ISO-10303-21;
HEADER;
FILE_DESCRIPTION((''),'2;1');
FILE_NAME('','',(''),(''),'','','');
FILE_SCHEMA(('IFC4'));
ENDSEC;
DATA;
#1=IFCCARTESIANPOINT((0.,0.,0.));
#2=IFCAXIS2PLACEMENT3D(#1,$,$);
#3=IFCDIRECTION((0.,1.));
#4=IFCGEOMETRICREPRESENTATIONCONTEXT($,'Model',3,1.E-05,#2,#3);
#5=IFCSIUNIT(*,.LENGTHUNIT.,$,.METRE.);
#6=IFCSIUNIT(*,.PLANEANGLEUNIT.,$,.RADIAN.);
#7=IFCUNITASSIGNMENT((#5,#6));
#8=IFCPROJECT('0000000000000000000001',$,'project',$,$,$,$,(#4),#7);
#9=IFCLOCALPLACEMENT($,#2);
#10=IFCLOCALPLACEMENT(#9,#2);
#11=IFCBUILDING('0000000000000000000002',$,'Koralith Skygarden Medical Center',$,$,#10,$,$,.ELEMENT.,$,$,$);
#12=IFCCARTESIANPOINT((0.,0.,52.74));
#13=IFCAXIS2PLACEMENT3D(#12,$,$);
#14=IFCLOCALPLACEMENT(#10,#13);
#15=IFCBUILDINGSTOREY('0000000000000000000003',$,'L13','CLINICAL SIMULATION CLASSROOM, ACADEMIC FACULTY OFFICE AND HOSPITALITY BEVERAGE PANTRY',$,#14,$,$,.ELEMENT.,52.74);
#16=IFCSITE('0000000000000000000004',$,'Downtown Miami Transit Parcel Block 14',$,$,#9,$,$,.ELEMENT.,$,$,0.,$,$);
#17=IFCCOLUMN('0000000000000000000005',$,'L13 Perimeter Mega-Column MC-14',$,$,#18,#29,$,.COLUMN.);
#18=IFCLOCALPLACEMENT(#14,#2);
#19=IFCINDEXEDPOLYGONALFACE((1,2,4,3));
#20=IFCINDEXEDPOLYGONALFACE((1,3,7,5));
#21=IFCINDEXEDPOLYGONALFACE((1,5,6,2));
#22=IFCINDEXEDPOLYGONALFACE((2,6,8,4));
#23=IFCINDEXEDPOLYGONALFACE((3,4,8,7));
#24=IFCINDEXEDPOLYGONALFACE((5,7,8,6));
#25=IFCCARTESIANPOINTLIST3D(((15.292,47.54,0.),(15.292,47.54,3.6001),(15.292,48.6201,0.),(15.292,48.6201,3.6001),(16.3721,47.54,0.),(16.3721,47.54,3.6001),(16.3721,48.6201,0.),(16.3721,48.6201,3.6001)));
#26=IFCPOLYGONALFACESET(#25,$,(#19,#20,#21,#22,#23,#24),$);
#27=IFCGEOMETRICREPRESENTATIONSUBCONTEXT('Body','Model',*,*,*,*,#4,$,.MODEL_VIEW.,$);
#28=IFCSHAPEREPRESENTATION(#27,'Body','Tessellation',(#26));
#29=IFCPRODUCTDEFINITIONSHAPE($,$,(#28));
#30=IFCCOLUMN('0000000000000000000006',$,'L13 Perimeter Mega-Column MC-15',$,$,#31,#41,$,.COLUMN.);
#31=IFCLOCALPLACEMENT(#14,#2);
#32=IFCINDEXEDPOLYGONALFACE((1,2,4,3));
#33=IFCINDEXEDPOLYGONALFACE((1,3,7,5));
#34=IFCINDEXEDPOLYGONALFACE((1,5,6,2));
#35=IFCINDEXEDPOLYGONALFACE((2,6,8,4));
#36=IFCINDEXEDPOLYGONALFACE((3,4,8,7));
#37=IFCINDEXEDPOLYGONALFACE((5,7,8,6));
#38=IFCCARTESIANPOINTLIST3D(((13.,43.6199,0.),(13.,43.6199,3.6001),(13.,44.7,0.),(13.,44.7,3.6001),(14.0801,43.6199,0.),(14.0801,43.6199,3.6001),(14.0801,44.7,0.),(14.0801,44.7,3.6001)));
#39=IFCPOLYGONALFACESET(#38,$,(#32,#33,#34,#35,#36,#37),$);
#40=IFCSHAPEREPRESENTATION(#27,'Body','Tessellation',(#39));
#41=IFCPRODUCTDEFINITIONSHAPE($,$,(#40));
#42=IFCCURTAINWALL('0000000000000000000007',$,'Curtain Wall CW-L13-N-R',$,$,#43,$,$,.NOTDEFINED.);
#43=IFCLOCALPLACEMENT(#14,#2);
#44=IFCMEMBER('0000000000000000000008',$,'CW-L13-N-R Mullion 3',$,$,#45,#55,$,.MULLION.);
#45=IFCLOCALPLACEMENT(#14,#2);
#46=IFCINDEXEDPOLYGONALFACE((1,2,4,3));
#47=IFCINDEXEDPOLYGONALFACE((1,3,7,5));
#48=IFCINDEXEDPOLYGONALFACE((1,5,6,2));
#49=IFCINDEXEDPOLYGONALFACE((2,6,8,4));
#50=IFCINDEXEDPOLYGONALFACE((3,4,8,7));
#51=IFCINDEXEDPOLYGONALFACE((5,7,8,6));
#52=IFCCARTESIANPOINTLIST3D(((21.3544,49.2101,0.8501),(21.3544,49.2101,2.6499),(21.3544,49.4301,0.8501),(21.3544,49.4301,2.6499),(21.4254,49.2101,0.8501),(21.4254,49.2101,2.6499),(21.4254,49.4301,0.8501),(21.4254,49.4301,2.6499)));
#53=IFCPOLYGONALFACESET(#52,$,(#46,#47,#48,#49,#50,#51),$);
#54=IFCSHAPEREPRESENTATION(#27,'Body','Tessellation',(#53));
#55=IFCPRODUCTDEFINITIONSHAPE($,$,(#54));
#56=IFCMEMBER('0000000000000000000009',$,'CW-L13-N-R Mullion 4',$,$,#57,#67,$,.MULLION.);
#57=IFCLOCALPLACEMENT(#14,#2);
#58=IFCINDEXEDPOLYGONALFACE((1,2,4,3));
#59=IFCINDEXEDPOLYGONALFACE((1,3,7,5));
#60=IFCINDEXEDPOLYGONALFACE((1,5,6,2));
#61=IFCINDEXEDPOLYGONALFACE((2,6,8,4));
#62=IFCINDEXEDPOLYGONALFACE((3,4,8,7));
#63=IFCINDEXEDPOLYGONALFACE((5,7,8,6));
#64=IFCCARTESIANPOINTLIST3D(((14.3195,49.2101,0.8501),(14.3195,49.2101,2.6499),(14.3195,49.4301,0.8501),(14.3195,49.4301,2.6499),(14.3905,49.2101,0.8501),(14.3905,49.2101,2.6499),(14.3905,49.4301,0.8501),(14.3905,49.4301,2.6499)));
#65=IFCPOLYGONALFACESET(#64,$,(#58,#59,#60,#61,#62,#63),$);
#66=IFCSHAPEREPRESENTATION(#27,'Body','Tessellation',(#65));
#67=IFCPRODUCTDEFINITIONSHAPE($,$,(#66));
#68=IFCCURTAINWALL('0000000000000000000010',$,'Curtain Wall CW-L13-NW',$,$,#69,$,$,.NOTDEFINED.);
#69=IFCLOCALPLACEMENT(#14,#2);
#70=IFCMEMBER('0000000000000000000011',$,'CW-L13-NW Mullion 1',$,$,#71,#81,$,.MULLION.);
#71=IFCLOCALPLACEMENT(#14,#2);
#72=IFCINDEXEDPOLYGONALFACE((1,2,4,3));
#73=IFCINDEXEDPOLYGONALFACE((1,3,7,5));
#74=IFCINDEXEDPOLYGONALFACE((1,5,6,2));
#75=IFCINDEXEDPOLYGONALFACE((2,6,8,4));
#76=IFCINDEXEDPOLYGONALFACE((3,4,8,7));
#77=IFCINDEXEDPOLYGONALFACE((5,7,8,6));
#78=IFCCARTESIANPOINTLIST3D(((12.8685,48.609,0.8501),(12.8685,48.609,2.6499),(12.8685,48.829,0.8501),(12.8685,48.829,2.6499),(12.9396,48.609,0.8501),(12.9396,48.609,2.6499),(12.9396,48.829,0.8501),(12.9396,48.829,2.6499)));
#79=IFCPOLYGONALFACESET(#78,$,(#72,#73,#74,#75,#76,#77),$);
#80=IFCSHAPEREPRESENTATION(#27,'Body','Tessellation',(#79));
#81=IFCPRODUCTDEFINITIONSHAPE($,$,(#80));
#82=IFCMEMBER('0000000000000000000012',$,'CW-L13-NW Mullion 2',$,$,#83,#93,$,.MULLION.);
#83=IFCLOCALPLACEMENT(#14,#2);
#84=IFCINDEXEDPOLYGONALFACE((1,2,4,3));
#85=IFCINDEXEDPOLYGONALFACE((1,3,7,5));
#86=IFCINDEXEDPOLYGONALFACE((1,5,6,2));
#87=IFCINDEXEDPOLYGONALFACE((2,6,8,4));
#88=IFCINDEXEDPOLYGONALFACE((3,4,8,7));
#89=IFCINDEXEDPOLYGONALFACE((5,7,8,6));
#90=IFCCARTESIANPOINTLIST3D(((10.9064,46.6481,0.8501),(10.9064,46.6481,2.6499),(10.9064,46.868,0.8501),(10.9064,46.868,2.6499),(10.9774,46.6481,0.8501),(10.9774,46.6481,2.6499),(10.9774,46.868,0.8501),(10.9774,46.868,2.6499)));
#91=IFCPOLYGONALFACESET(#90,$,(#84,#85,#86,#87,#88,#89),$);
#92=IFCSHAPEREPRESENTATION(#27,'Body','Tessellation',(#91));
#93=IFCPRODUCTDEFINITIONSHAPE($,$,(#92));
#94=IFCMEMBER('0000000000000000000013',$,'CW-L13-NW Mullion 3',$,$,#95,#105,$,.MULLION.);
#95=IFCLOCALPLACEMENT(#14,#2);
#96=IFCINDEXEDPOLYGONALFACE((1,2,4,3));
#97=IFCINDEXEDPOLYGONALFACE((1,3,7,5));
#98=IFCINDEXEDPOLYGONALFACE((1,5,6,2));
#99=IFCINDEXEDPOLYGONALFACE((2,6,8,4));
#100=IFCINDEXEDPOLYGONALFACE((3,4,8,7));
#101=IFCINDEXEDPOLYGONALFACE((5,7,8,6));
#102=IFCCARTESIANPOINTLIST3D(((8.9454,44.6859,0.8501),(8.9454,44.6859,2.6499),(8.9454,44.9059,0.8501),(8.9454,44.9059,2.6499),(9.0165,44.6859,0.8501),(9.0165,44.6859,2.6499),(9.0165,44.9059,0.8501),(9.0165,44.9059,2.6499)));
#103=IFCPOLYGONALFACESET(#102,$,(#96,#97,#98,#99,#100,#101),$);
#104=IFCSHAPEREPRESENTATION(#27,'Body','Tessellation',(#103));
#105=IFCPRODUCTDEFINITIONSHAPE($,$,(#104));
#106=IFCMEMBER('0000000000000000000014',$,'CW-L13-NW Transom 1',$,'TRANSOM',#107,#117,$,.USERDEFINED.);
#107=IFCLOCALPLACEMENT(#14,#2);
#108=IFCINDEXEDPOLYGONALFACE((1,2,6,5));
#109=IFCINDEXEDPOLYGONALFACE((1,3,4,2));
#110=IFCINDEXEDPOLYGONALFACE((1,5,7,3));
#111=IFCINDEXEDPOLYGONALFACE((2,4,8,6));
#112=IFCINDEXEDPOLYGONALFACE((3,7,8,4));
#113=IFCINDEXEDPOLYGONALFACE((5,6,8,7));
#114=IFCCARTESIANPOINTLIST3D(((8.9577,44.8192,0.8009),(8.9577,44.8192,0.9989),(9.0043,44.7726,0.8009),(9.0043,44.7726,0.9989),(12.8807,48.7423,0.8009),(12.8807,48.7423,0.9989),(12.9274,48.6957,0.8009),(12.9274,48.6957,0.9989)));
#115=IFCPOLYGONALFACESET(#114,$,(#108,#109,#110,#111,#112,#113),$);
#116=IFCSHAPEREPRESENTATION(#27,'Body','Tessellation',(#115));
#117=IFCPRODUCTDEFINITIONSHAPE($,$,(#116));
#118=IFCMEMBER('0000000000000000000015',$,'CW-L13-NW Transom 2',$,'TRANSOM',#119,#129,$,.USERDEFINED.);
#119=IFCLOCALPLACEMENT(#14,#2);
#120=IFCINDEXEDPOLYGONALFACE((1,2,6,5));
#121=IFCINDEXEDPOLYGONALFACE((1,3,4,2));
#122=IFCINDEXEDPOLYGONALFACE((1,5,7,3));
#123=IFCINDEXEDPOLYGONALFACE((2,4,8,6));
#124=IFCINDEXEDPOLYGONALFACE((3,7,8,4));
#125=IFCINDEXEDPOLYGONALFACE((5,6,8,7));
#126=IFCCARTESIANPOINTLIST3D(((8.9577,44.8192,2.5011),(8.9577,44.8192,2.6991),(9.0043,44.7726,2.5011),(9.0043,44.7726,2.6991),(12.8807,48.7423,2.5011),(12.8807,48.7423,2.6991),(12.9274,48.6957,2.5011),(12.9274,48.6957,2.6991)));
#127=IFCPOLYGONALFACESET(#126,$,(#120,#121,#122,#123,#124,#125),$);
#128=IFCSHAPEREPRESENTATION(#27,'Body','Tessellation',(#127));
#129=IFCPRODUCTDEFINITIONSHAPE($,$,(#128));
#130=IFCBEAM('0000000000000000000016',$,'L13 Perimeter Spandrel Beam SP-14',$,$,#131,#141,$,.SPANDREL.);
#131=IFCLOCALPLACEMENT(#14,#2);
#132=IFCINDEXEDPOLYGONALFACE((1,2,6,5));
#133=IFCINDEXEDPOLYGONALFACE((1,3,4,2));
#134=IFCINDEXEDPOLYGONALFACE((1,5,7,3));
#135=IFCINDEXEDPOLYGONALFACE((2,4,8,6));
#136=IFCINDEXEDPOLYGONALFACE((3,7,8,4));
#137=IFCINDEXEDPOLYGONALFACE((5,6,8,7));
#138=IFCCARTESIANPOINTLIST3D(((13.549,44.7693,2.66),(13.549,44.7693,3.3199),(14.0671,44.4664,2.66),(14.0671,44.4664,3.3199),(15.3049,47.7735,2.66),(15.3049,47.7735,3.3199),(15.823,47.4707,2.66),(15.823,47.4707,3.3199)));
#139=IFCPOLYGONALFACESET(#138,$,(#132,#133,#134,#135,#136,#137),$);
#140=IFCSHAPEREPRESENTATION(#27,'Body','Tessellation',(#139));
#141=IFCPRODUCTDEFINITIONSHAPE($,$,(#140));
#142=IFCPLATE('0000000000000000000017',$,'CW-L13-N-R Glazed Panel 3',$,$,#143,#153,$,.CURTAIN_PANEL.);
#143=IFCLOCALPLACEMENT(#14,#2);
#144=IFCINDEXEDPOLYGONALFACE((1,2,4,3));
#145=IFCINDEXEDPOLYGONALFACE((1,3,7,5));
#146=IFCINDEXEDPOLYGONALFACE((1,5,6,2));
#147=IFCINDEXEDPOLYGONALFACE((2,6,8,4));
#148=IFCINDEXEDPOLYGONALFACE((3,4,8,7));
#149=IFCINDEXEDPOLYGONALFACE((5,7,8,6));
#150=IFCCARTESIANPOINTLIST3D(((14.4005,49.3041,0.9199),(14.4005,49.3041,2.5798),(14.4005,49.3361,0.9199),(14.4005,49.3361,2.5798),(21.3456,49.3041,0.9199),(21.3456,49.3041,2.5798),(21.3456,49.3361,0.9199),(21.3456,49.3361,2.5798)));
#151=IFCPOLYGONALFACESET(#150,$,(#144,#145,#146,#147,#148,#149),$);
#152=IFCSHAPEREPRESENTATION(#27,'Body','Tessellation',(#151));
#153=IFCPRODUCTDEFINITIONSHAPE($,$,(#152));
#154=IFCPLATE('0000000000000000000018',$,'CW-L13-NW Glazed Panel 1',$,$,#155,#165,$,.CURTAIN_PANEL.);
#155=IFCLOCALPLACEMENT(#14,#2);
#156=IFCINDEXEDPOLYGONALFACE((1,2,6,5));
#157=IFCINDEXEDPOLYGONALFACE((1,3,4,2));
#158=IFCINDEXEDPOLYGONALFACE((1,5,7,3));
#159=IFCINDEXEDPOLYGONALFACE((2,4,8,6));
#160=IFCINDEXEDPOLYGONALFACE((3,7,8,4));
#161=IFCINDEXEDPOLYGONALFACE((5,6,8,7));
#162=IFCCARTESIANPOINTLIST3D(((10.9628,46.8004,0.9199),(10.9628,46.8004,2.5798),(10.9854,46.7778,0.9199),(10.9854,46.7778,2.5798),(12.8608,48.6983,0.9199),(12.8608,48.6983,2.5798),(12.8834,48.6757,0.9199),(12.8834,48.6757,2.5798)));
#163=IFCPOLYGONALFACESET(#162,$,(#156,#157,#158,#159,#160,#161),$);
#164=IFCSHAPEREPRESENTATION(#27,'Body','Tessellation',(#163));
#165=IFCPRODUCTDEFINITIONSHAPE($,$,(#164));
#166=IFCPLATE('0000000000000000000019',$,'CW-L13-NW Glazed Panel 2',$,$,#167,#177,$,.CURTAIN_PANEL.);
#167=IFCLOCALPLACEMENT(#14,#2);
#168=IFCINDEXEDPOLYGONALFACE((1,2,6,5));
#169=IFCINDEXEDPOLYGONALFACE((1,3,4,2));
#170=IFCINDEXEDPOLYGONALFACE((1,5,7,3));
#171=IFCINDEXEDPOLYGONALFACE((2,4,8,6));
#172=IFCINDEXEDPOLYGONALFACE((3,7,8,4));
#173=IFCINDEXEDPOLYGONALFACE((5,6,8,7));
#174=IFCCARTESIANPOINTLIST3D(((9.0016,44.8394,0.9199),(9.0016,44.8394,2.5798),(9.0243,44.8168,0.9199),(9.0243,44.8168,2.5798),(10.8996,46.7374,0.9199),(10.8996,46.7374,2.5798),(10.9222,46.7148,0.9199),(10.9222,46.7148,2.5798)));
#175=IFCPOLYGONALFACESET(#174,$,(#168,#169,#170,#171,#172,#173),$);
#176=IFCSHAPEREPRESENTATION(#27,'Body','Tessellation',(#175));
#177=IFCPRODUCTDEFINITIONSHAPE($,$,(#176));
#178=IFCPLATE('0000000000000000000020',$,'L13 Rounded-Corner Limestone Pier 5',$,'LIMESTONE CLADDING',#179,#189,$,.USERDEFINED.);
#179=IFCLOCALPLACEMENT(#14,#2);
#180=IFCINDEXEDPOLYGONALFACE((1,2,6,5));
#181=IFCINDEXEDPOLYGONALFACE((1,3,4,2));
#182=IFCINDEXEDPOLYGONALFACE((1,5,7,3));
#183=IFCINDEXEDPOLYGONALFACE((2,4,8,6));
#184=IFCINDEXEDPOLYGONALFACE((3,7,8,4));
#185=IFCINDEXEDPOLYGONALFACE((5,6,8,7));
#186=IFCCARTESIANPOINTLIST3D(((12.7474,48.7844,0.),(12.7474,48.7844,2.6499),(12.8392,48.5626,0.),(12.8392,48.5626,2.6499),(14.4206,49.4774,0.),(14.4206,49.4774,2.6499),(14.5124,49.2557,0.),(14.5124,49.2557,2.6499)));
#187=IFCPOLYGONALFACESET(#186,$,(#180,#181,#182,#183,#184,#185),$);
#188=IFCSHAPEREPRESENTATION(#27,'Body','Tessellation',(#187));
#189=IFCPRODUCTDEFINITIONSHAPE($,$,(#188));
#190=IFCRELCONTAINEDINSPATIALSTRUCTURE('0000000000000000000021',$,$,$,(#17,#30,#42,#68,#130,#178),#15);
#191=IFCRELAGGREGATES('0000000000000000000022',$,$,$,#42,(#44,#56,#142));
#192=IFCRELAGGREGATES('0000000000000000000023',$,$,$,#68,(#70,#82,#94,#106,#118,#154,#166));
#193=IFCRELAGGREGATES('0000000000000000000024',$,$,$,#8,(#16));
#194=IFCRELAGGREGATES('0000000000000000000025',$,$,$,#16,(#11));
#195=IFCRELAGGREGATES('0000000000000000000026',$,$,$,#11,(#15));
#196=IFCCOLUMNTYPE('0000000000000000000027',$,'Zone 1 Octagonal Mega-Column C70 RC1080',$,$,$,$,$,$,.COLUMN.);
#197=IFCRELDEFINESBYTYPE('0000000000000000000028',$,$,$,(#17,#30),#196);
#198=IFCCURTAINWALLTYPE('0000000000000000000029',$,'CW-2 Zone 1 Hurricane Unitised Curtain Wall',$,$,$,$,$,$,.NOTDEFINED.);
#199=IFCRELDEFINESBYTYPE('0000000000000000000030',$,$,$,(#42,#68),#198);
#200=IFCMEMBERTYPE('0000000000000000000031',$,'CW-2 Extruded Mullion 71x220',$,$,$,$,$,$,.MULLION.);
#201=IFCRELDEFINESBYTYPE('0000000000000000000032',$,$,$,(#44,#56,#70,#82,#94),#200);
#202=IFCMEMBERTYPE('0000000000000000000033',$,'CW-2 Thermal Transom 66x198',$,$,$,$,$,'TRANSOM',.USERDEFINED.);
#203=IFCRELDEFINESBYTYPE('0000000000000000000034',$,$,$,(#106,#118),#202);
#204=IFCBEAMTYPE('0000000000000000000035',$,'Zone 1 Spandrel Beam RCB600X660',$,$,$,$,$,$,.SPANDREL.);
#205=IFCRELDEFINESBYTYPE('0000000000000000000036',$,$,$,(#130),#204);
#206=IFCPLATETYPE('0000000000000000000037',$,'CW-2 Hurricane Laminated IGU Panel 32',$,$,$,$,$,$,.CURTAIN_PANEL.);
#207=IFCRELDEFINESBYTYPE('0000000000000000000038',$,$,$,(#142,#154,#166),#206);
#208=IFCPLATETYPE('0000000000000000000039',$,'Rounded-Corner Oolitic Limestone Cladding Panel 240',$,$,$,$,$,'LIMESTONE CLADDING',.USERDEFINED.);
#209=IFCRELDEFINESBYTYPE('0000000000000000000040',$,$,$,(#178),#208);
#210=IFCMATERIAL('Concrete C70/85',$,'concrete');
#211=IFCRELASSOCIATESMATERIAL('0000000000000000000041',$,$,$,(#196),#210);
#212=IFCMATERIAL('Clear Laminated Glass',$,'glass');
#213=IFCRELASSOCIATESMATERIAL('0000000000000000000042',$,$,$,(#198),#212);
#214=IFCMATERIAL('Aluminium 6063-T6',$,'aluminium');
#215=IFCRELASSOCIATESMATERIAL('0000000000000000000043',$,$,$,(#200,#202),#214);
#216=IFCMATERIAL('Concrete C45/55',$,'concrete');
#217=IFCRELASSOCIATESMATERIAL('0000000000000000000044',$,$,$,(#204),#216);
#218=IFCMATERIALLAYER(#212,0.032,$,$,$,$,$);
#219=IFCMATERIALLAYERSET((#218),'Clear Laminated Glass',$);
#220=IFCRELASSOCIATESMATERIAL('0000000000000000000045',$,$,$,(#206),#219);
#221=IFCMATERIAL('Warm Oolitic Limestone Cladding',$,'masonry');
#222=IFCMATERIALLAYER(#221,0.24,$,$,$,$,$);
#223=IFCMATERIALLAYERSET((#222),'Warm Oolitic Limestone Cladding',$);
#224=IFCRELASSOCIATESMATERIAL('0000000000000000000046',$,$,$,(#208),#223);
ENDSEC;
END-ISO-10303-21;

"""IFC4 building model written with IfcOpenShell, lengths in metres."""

from ifc_helpers import new_model, si_unit, direction, frame, origin, origin_2d, place, context, subcontext, project, spatial, rectangle, extrude, material, layer, layer_set, material_profile, profile_set, type_object, element, aggregate, save


model = new_model("IFC4")

# Units and contexts
model_context = context("Model", 3, precision=1e-05, world=origin(), true_north=direction((0.0, 1.0)))
body_context = subcontext(model_context, "Body", "Model", "MODEL_VIEW")
ifc_project = project(units=[si_unit("LENGTHUNIT", "METRE"), si_unit("PLANEANGLEUNIT", "RADIAN")], contexts=[model_context])

# Site, building, storey
site_placement = place(None, origin())
site = spatial("IfcSite", under=ifc_project, at=site_placement, Name="Downtown Miami Transit Parcel Block 14", CompositionType="ELEMENT", RefElevation=0.0)
building_placement = place(site_placement, origin())
building = spatial("IfcBuilding", under=site, at=building_placement, Name="Koralith Skygarden Medical Center", CompositionType="ELEMENT")
storey_placement = place(building_placement, frame((0.0, 0.0, 52.74)))
storey = spatial("IfcBuildingStorey", under=building, at=storey_placement, Name="L13", Description="CLINICAL SIMULATION CLASSROOM, ACADEMIC FACULTY OFFICE AND HOSPITALITY BEVERAGE PANTRY", CompositionType="ELEMENT", Elevation=52.74)

# Columns
ifc_material_1 = material(Name="Concrete C70/85", Category="concrete")
ifc_material_profile_1 = material_profile(ifc_material_1, rectangle(XDim=1.0801, YDim=1.0801, at=origin_2d()), Name="RC1080X1080")
ifc_profile_set_1 = profile_set([ifc_material_profile_1], Name="Concrete C70/85")
column_type = type_object("IfcColumnType", Name="Zone 1 Octagonal Mega-Column C70 RC1080", PredefinedType="COLUMN", material=ifc_profile_set_1)
for number, where, z_axis, x_axis, name in (
    (1, (15.832, 48.0801, 0.0), (0.0, 0.0, 1.0), (1.0, 0.0, 0.0), "L13 Perimeter Mega-Column MC-14"),
    (2, (13.54, 44.1599, 0.0), (0.0, 0.0, 1.0), (1.0, 0.0, 0.0), "L13 Perimeter Mega-Column MC-15"),
):
    element("IfcColumn", number, at=place(storey_placement, frame(where, z_axis=z_axis, x_axis=x_axis)), inside=storey, type_object=column_type, Name=name, PredefinedType="COLUMN", context=body_context, shape_type="SweptSolid", body=[
        extrude(rectangle(XDim=1.0801, YDim=1.0801, at=origin_2d()), origin(), (0.0, 0.0, 1.0), 3.6001),
    ])

# Curtain walls, members
ifc_material_2 = material(Name="Clear Laminated Glass", Category="glass")
curtain_wall_type = type_object("IfcCurtainWallType", Name="CW-2 Zone 1 Hurricane Unitised Curtain Wall", PredefinedType="NOTDEFINED", material=ifc_material_2)
curtain_wall_1_placement = place(storey_placement, origin())
curtain_wall_1 = element("IfcCurtainWall", 3, at=curtain_wall_1_placement, inside=storey, type_object=curtain_wall_type, Name="Curtain Wall CW-L13-N-R", PredefinedType="NOTDEFINED")
ifc_material_3 = material(Name="Aluminium 6063-T6", Category="aluminium")
ifc_material_profile_2 = material_profile(ifc_material_3, rectangle(XDim=0.071, YDim=0.22, at=origin_2d()), Name="MUL71X220")
ifc_profile_set_2 = profile_set([ifc_material_profile_2], Name="Aluminium 6063-T6")
member_type_1 = type_object("IfcMemberType", Name="CW-2 Extruded Mullion 71x220", PredefinedType="MULLION", material=ifc_profile_set_2)
member_1_placement = place(storey_placement, frame((21.3899, 49.3201, 0.8501), z_axis=(0.0, 0.0, 1.0), x_axis=(1.0, 0.0, 0.0)))
member_1 = element("IfcMember", 4, at=member_1_placement, type_object=member_type_1, Name="CW-L13-N-R Mullion 3", PredefinedType="MULLION", context=body_context, shape_type="SweptSolid", body=[
    extrude(rectangle(XDim=0.071, YDim=0.22, at=origin_2d()), origin(), (0.0, 0.0, 1.0), 1.7998),
])
member_2_placement = place(storey_placement, frame((14.355, 49.3201, 0.8501), z_axis=(0.0, 0.0, 1.0), x_axis=(1.0, 0.0, 0.0)))
member_2 = element("IfcMember", 5, at=member_2_placement, type_object=member_type_1, Name="CW-L13-N-R Mullion 4", PredefinedType="MULLION", context=body_context, shape_type="SweptSolid", body=[
    extrude(rectangle(XDim=0.071, YDim=0.22, at=origin_2d()), origin(), (0.0, 0.0, 1.0), 1.7998),
])
curtain_wall_2_placement = place(storey_placement, origin())
curtain_wall_2 = element("IfcCurtainWall", 6, at=curtain_wall_2_placement, inside=storey, type_object=curtain_wall_type, Name="Curtain Wall CW-L13-NW", PredefinedType="NOTDEFINED")
member_3_placement = place(storey_placement, frame((12.9041, 48.719, 0.8501), z_axis=(0.0, 0.0, 1.0), x_axis=(1.0, 0.0, 0.0)))
member_3 = element("IfcMember", 7, at=member_3_placement, type_object=member_type_1, Name="CW-L13-NW Mullion 1", PredefinedType="MULLION", context=body_context, shape_type="SweptSolid", body=[
    extrude(rectangle(XDim=0.071, YDim=0.22, at=origin_2d()), origin(), (0.0, 0.0, 1.0), 1.7998),
])
member_4_placement = place(storey_placement, frame((10.9419, 46.7581, 0.8501), z_axis=(0.0, 0.0, 1.0), x_axis=(1.0, 0.0, 0.0)))
member_4 = element("IfcMember", 8, at=member_4_placement, type_object=member_type_1, Name="CW-L13-NW Mullion 2", PredefinedType="MULLION", context=body_context, shape_type="SweptSolid", body=[
    extrude(rectangle(XDim=0.071, YDim=0.22, at=origin_2d()), origin(), (0.0, 0.0, 1.0), 1.7998),
])
member_5_placement = place(storey_placement, frame((8.981, 44.7959, 0.8501), z_axis=(0.0, 0.0, 1.0), x_axis=(1.0, 0.0, 0.0)))
member_5 = element("IfcMember", 9, at=member_5_placement, type_object=member_type_1, Name="CW-L13-NW Mullion 3", PredefinedType="MULLION", context=body_context, shape_type="SweptSolid", body=[
    extrude(rectangle(XDim=0.071, YDim=0.22, at=origin_2d()), origin(), (0.0, 0.0, 1.0), 1.7998),
])
ifc_material_profile_3 = material_profile(ifc_material_3, rectangle(XDim=0.0659, YDim=0.198, at=origin_2d()), Name="TRN66X198")
ifc_profile_set_3 = profile_set([ifc_material_profile_3], Name="Aluminium 6063-T6")
member_type_2 = type_object("IfcMemberType", Name="CW-2 Thermal Transom 66x198", ElementType="TRANSOM", PredefinedType="USERDEFINED", material=ifc_profile_set_3)
member_6_placement = place(storey_placement, frame((12.9041, 48.719, 0.8999), z_axis=(-0.707107, -0.707107, 0.0), x_axis=(0.707107, -0.707107, 0.0)))
member_6 = element("IfcMember", 10, at=member_6_placement, type_object=member_type_2, Name="CW-L13-NW Transom 1", ObjectType="TRANSOM", PredefinedType="USERDEFINED", context=body_context, shape_type="SweptSolid", body=[
    extrude(rectangle(XDim=0.0659, YDim=0.198, at=origin_2d()), origin(), (0.0, 0.0, 1.0), 5.5481),
])
member_7_placement = place(storey_placement, frame((12.9041, 48.719, 2.6001), z_axis=(-0.707107, -0.707107, 0.0), x_axis=(0.707107, -0.707107, 0.0)))
member_7 = element("IfcMember", 11, at=member_7_placement, type_object=member_type_2, Name="CW-L13-NW Transom 2", ObjectType="TRANSOM", PredefinedType="USERDEFINED", context=body_context, shape_type="SweptSolid", body=[
    extrude(rectangle(XDim=0.0659, YDim=0.198, at=origin_2d()), origin(), (0.0, 0.0, 1.0), 5.5481),
])

# Beam
ifc_material_4 = material(Name="Concrete C45/55", Category="concrete")
ifc_material_profile_4 = material_profile(ifc_material_4, rectangle(XDim=0.6001, YDim=0.6599, at=origin_2d()), Name="RCB600X660")
ifc_profile_set_4 = profile_set([ifc_material_profile_4], Name="Concrete C45/55")
beam_type = type_object("IfcBeamType", Name="Zone 1 Spandrel Beam RCB600X660", PredefinedType="SPANDREL", material=ifc_profile_set_4)
beam_placement = place(storey_placement, frame((15.564, 47.6221, 2.99), z_axis=(-0.504608, -0.863349, 0.0), x_axis=(0.863349, -0.504608, 0.0)))
element("IfcBeam", 12, at=beam_placement, inside=storey, type_object=beam_type, Name="L13 Perimeter Spandrel Beam SP-14", PredefinedType="SPANDREL", context=body_context, shape_type="SweptSolid", body=[
    extrude(rectangle(XDim=0.6001, YDim=0.6599, at=origin_2d()), origin(), (0.0, 0.0, 1.0), 3.4797),
])

# Plates
ifc_layer_1 = layer(ifc_material_2, 0.032)
ifc_layer_set_1 = layer_set([ifc_layer_1], Name="Clear Laminated Glass")
plate_type_1 = type_object("IfcPlateType", Name="CW-2 Hurricane Laminated IGU Panel 32", PredefinedType="CURTAIN_PANEL", material=ifc_layer_set_1)
plate_1_placement = place(storey_placement, frame((17.873, 49.3201, 0.9199), z_axis=(0.0, 0.0, 1.0), x_axis=(-1.0, 0.0, 0.0)))
plate_1 = element("IfcPlate", 13, at=plate_1_placement, type_object=plate_type_1, Name="CW-L13-N-R Glazed Panel 3", PredefinedType="CURTAIN_PANEL", context=body_context, shape_type="SweptSolid", body=[
    extrude(rectangle(XDim=6.9451, YDim=0.032, at=origin_2d()), origin(), (0.0, 0.0, 1.0), 1.6599),
])
aggregate(curtain_wall_1, [member_1, member_2, plate_1])
plate_2_placement = place(storey_placement, frame((11.9231, 47.738, 0.9199), z_axis=(0.0, 0.0, 1.0), x_axis=(-0.707107, -0.707107, 0.0)))
plate_2 = element("IfcPlate", 14, at=plate_2_placement, type_object=plate_type_1, Name="CW-L13-NW Glazed Panel 1", PredefinedType="CURTAIN_PANEL", context=body_context, shape_type="SweptSolid", body=[
    extrude(rectangle(XDim=2.6841, YDim=0.032, at=origin_2d()), origin(), (0.0, 0.0, 1.0), 1.6599),
])
plate_3_placement = place(storey_placement, frame((9.9619, 45.7771, 0.9199), z_axis=(0.0, 0.0, 1.0), x_axis=(-0.707107, -0.707107, 0.0)))
plate_3 = element("IfcPlate", 15, at=plate_3_placement, type_object=plate_type_1, Name="CW-L13-NW Glazed Panel 2", PredefinedType="CURTAIN_PANEL", context=body_context, shape_type="SweptSolid", body=[
    extrude(rectangle(XDim=2.6841, YDim=0.032, at=origin_2d()), origin(), (0.0, 0.0, 1.0), 1.6599),
])
aggregate(curtain_wall_2, [member_3, member_4, member_5, member_6, member_7, plate_2, plate_3])
ifc_material_5 = material(Name="Warm Oolitic Limestone Cladding", Category="masonry")
ifc_layer_2 = layer(ifc_material_5, 0.24)
ifc_layer_set_2 = layer_set([ifc_layer_2], Name="Warm Oolitic Limestone Cladding")
plate_type_2 = type_object("IfcPlateType", Name="Rounded-Corner Oolitic Limestone Cladding Panel 240", ElementType="LIMESTONE CLADDING", PredefinedType="USERDEFINED", material=ifc_layer_set_2)
plate_4_placement = place(storey_placement, frame((13.6299, 49.02, 0.0), z_axis=(0.0, 0.0, 1.0), x_axis=(-0.923885, -0.382671, 0.0)))
element("IfcPlate", 16, at=plate_4_placement, inside=storey, type_object=plate_type_2, Name="L13 Rounded-Corner Limestone Pier 5", ObjectType="LIMESTONE CLADDING", PredefinedType="USERDEFINED", context=body_context, shape_type="SweptSolid", body=[
    extrude(rectangle(XDim=1.811, YDim=0.24, at=origin_2d()), origin(), (0.0, 0.0, 1.0), 2.6499),
])

save(model, "model.ifc")
